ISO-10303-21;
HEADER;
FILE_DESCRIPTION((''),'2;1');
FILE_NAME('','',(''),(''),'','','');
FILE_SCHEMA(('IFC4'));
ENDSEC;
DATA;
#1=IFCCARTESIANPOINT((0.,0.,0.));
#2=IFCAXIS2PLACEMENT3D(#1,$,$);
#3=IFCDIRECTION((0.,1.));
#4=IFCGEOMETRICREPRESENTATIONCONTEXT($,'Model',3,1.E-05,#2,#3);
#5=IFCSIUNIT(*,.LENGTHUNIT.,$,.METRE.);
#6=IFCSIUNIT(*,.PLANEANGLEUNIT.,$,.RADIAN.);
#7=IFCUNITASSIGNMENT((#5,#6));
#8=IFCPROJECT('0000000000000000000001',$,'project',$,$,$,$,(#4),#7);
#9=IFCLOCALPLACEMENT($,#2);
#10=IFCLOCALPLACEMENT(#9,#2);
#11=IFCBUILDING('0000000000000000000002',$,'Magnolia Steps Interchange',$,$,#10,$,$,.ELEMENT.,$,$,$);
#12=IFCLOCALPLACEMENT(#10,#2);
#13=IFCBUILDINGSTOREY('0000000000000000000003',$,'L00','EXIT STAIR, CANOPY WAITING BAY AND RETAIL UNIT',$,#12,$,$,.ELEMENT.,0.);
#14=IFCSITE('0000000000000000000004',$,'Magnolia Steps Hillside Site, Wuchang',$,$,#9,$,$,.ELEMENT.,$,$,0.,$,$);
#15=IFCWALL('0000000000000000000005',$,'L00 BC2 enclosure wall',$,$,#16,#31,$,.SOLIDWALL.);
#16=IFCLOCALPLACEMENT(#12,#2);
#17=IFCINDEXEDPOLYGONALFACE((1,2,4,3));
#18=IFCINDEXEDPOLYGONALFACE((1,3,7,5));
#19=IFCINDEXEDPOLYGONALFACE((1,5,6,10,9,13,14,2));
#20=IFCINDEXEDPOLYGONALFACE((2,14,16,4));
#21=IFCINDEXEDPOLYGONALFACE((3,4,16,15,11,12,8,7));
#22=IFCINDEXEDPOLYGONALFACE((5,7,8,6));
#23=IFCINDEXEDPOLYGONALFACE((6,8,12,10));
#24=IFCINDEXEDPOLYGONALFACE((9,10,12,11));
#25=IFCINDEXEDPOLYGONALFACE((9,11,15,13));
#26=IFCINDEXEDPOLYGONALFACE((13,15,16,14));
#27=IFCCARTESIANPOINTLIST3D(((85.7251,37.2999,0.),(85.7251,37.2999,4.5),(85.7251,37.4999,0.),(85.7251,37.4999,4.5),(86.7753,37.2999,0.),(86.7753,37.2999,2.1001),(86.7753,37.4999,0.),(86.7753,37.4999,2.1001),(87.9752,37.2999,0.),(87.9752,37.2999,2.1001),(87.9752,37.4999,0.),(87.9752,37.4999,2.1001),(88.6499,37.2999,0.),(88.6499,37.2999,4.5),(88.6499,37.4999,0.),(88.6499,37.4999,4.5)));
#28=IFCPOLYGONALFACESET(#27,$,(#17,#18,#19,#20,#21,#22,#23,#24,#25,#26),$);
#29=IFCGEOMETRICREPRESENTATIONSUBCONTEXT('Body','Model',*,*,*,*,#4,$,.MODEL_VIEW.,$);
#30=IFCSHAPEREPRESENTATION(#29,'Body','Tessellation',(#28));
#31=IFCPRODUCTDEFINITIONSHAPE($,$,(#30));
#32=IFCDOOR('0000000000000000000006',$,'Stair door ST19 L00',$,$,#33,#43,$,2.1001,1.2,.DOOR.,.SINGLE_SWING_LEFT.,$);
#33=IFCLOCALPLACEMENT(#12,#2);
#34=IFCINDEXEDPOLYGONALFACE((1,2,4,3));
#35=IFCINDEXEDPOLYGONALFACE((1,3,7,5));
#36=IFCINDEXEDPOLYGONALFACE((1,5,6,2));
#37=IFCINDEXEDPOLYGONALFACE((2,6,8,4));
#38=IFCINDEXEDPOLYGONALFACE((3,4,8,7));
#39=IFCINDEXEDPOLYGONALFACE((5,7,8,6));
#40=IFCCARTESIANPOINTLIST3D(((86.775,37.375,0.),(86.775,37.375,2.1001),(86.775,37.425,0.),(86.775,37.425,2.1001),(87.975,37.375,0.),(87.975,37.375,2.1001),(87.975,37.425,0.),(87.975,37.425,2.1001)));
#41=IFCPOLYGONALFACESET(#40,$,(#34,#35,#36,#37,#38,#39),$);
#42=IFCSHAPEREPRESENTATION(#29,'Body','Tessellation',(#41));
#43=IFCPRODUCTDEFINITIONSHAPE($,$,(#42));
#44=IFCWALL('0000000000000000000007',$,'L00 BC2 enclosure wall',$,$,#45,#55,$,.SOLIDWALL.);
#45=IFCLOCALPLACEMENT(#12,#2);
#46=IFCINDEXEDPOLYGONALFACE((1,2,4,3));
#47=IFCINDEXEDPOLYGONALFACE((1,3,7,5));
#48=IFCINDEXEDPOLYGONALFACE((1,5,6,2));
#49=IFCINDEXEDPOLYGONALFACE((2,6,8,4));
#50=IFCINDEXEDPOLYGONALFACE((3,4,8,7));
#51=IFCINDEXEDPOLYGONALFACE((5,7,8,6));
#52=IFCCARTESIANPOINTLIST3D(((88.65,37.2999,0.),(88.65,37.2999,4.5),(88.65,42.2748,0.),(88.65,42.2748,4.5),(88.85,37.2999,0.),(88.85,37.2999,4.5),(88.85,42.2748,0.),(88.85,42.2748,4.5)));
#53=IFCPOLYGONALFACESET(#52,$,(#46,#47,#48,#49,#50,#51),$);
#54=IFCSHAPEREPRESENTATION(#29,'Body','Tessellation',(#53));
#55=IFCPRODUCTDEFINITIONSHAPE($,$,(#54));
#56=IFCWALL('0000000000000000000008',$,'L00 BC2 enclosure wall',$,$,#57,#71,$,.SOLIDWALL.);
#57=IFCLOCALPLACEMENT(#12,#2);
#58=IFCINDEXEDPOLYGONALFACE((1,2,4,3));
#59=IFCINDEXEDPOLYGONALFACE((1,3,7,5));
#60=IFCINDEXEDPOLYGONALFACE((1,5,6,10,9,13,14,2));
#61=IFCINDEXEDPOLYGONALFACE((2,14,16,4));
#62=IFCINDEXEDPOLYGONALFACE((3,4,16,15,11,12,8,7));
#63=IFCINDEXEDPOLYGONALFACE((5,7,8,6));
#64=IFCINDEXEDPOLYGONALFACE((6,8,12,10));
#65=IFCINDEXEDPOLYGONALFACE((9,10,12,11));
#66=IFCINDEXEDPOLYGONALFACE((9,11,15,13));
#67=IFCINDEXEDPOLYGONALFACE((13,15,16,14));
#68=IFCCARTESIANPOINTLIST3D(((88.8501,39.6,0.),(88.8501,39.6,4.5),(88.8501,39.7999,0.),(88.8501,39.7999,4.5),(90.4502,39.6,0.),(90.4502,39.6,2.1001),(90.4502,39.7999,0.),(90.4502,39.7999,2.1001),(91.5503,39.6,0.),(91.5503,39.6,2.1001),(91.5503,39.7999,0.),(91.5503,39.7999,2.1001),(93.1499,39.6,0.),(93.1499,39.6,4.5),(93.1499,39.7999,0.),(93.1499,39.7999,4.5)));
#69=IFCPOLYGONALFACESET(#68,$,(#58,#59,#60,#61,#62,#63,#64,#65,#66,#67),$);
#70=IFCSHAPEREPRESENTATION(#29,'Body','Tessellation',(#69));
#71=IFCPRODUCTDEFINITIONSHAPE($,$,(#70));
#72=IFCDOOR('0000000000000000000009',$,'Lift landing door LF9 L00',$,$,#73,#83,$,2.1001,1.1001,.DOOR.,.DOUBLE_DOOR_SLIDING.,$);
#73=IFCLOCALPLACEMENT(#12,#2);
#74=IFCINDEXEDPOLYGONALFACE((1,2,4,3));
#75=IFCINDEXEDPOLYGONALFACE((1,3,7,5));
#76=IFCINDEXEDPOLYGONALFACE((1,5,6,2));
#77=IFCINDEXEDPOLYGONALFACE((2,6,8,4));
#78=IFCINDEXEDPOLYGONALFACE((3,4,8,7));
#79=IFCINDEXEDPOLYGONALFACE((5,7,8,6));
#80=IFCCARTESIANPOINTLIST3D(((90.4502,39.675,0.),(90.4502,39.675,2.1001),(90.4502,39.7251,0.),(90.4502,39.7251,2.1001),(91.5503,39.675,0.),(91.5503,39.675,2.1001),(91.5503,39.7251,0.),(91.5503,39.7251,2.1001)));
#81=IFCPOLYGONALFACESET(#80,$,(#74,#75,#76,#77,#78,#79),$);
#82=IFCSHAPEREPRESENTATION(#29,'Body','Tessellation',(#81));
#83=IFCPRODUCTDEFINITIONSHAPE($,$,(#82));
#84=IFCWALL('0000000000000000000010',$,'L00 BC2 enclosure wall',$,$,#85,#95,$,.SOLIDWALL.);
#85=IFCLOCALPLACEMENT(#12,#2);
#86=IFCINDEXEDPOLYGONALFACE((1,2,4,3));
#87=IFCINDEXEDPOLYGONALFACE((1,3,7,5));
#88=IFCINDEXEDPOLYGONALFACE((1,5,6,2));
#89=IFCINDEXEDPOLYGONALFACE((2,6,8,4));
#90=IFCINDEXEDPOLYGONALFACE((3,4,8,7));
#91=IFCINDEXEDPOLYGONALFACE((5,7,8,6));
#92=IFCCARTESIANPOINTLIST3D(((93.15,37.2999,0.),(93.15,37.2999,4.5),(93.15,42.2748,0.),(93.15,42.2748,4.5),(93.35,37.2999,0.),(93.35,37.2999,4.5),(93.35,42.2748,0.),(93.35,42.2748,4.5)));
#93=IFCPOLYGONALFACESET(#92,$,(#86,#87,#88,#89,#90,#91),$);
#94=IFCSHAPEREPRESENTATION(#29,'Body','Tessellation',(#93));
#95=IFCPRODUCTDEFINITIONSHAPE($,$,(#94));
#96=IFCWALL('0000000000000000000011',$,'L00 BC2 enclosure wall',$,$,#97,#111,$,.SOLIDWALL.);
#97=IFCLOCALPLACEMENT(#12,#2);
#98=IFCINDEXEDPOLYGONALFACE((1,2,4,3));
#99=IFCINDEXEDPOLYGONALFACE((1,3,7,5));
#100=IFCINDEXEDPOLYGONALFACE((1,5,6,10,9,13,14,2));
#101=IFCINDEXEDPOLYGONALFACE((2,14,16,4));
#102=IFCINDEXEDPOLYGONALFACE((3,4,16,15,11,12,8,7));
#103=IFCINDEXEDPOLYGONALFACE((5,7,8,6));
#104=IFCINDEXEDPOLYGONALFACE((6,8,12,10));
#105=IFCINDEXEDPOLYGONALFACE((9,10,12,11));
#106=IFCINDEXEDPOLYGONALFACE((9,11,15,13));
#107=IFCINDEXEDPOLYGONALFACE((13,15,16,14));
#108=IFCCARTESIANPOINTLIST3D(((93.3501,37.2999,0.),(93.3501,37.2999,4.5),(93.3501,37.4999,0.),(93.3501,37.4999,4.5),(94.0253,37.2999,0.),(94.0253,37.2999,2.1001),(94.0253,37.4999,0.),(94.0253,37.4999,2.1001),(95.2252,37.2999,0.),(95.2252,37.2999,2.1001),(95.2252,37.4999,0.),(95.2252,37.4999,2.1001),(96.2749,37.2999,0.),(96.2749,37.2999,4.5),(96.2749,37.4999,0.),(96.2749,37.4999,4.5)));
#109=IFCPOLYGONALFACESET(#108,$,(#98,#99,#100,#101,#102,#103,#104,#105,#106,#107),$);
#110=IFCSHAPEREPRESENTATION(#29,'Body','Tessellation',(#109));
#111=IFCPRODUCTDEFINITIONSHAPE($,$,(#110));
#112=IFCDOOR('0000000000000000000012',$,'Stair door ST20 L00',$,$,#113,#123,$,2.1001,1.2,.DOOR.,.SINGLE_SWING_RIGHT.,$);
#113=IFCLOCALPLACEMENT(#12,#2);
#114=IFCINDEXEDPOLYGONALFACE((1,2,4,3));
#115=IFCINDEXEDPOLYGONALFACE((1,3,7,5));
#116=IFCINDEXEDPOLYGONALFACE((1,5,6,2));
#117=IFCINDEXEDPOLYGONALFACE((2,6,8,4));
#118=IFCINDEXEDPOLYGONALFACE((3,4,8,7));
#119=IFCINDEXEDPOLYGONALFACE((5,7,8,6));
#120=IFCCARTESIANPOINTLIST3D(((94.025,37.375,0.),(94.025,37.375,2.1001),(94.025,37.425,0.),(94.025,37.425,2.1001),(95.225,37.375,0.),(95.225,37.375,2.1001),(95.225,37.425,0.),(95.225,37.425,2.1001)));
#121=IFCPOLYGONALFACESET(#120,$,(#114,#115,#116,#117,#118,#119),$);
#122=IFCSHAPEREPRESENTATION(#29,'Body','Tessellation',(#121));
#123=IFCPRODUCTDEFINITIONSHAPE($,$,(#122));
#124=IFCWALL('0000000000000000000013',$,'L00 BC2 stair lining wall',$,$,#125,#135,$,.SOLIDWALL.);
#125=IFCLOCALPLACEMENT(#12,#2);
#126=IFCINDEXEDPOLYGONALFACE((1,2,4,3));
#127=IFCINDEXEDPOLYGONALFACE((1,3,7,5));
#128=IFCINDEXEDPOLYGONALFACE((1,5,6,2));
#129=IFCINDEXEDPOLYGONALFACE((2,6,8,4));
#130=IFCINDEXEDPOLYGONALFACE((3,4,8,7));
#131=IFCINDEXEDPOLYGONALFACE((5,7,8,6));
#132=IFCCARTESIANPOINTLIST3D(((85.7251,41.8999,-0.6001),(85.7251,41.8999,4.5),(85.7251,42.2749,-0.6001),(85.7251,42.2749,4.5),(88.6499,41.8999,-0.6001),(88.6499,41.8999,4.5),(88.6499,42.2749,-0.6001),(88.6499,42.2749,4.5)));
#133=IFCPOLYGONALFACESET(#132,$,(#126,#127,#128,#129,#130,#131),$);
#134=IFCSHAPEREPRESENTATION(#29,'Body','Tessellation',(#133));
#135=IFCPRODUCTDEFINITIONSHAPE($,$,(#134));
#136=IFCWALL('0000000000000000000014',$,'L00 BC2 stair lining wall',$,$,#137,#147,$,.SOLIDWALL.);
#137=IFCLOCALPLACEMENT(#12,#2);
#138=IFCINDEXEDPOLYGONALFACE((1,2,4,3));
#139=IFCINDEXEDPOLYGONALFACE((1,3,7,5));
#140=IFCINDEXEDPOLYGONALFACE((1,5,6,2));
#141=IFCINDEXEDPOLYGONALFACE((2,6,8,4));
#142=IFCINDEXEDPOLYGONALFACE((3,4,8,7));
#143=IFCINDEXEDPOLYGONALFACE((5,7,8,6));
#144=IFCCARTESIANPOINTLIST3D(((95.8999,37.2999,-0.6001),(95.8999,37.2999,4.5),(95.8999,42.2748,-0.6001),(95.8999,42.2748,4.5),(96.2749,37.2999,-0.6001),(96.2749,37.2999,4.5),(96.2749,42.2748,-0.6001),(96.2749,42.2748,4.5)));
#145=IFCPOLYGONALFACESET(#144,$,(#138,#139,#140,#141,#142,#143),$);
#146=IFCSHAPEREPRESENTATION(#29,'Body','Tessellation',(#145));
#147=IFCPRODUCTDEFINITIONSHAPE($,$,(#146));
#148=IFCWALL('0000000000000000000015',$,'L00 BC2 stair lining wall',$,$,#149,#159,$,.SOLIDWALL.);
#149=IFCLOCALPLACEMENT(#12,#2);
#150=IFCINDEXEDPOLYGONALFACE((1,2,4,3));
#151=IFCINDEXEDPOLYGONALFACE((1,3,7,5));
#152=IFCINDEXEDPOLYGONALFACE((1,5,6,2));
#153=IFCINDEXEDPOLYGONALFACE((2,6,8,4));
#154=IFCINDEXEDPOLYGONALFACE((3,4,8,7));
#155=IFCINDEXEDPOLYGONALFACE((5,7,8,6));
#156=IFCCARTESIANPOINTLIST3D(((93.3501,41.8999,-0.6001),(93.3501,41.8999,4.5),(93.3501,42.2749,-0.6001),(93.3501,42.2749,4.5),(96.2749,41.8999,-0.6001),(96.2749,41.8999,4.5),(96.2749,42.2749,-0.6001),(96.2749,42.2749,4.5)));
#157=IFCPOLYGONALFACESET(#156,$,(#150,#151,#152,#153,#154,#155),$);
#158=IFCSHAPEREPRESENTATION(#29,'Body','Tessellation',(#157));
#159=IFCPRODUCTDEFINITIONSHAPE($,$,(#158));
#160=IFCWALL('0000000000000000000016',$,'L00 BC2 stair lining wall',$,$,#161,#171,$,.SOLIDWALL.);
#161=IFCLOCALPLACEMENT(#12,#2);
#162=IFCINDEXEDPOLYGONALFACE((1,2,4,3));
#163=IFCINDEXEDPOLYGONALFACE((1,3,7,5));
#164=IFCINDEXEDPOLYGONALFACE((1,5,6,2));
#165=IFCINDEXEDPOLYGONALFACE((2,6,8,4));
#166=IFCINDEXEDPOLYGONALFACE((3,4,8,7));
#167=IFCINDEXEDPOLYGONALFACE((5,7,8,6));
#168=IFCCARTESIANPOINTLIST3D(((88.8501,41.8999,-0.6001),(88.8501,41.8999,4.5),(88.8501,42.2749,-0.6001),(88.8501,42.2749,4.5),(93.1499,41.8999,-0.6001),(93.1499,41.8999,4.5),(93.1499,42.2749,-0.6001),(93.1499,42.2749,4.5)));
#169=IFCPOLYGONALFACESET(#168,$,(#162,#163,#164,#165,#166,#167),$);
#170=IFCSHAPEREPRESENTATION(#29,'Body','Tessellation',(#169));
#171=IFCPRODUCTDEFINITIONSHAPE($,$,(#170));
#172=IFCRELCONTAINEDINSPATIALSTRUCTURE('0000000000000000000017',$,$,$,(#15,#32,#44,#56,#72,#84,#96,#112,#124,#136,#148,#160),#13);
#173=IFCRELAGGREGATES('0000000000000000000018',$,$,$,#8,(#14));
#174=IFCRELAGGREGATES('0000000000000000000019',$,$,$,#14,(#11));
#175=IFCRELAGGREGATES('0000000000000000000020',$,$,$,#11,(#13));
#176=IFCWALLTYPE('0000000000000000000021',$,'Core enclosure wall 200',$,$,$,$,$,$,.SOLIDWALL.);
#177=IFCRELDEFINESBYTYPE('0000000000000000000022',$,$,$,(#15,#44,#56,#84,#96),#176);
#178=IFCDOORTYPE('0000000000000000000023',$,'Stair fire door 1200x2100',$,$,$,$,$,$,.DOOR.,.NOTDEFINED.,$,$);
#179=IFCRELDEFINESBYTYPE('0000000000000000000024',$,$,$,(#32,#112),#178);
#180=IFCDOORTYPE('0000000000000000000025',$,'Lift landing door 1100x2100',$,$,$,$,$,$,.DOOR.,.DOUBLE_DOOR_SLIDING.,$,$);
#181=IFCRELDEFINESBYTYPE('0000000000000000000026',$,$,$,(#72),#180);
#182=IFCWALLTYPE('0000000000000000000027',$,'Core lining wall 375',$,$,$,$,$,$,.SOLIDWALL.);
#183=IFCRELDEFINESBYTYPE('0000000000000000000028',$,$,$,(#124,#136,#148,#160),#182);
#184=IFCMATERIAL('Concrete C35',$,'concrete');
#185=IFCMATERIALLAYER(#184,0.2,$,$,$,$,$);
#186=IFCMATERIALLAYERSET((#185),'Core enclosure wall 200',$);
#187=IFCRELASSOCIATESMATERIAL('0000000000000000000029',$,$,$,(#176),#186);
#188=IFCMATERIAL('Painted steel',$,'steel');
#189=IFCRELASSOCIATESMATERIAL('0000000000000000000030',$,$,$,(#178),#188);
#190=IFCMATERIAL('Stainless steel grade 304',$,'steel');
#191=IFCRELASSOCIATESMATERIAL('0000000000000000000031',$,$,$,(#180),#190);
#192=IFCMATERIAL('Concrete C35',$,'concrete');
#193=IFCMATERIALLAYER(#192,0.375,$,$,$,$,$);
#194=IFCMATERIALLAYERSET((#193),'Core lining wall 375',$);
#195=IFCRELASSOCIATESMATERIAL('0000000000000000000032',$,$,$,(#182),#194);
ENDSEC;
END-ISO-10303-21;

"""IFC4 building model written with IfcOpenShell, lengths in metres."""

from ifc_helpers import new_model, si_unit, direction, frame, frame_2d, origin, place, context, subcontext, project, spatial, rectangle, extrude, material, layer, layer_set, type_object, element, fill, save


model = new_model("IFC4")

# Units and contexts
model_context = context("Model", 3, precision=1e-05, world=origin(), true_north=direction((0.0, 1.0)))
body_context = subcontext(model_context, "Body", "Model", "MODEL_VIEW")
ifc_project = project(units=[si_unit("LENGTHUNIT", "METRE"), si_unit("PLANEANGLEUNIT", "RADIAN")], contexts=[model_context])

# Site, building, storey
site_placement = place(None, origin())
site = spatial("IfcSite", under=ifc_project, at=site_placement, Name="Magnolia Steps Hillside Site, Wuchang", CompositionType="ELEMENT", RefElevation=0.0)
building_placement = place(site_placement, origin())
building = spatial("IfcBuilding", under=site, at=building_placement, Name="Magnolia Steps Interchange", CompositionType="ELEMENT")
storey_placement = place(building_placement, origin())
storey = spatial("IfcBuildingStorey", under=building, at=storey_placement, Name="L00", Description="EXIT STAIR, CANOPY WAITING BAY AND RETAIL UNIT", CompositionType="ELEMENT", Elevation=0.0)

# Wall, opening, door
ifc_material_1 = material(Name="Concrete C35", Category="concrete")
ifc_layer_1 = layer(ifc_material_1, 0.2)
ifc_layer_set_1 = layer_set([ifc_layer_1], Name="Core enclosure wall 200")
wall_type_1 = type_object("IfcWallType", Name="Core enclosure wall 200", PredefinedType="SOLIDWALL", material=ifc_layer_set_1)
wall_1_placement = place(storey_placement, frame((85.7251, 37.3999, 0.0), z_axis=(0.0, 0.0, 1.0), x_axis=(1.0, 0.0, 0.0)))
wall_1 = element("IfcWall", 1, at=wall_1_placement, inside=storey, type_object=wall_type_1, Name="L00 BC2 enclosure wall", PredefinedType="SOLIDWALL", context=body_context, shape_type="SweptSolid", body=[
    extrude(rectangle(XDim=2.9248, YDim=0.2, at=frame_2d((1.4624, 0.0))), origin(), (0.0, 0.0, 1.0), 4.5),
])
opening_1_placement = place(wall_1_placement, frame((1.05, 0.0, 0.0)))
opening_1 = element("IfcOpeningElement", 2, at=opening_1_placement, cuts=wall_1, PredefinedType="OPENING", context=body_context, shape_type="SweptSolid", body=[
    extrude(rectangle(XDim=1.2, YDim=2.1001, at=frame_2d((0.6001, 1.05))), frame((0.0, 0.1099, 0.0), z_axis=(0.0, -1.0, 0.0), x_axis=(1.0, 0.0, 0.0)), (0.0, 0.0, 1.0), 0.22),
])
ifc_material_2 = material(Name="Painted steel", Category="steel")
door_type_1 = type_object("IfcDoorType", Name="Stair fire door 1200x2100", OperationType="NOTDEFINED", PredefinedType="DOOR", material=ifc_material_2)
door_1_placement = place(opening_1_placement, frame((1.2, 0.0, 0.0), z_axis=(0.0, 0.0, 1.0), x_axis=(-1.0, 0.0, 0.0)))
door_1 = element("IfcDoor", 3, at=door_1_placement, inside=storey, type_object=door_type_1, Name="Stair door ST19 L00", OperationType="SINGLE_SWING_LEFT", OverallHeight=2.1001, OverallWidth=1.2, PredefinedType="DOOR", context=body_context, shape_type="SweptSolid", body=[
    extrude(rectangle(XDim=1.2, YDim=2.1001, at=frame_2d((0.6001, 1.05))), frame((0.0, 0.0249, 0.0), z_axis=(0.0, -1.0, 0.0), x_axis=(1.0, 0.0, 0.0)), (0.0, 0.0, 1.0), 0.05),
])
fill(opening_1, door_1)

# Wall
wall_2_placement = place(storey_placement, frame((88.75, 37.3, 0.0), z_axis=(0.0, 0.0, 1.0), x_axis=(0.0, 1.0, 0.0)))
element("IfcWall", 4, at=wall_2_placement, inside=storey, type_object=wall_type_1, Name="L00 BC2 enclosure wall", PredefinedType="SOLIDWALL", context=body_context, shape_type="SweptSolid", body=[
    extrude(rectangle(XDim=4.9749, YDim=0.2, at=frame_2d((2.4873, 0.0))), origin(), (0.0, 0.0, 1.0), 4.5),
])

# Wall, opening, door
wall_3_placement = place(storey_placement, frame((88.8501, 39.7, 0.0), z_axis=(0.0, 0.0, 1.0), x_axis=(1.0, 0.0, 0.0)))
wall_3 = element("IfcWall", 5, at=wall_3_placement, inside=storey, type_object=wall_type_1, Name="L00 BC2 enclosure wall", PredefinedType="SOLIDWALL", context=body_context, shape_type="SweptSolid", body=[
    extrude(rectangle(XDim=4.2998, YDim=0.2, at=frame_2d((2.1499, 0.0))), origin(), (0.0, 0.0, 1.0), 4.5),
])
opening_2_placement = place(wall_3_placement, frame((1.6001, 0.0, 0.0)))
opening_2 = element("IfcOpeningElement", 6, at=opening_2_placement, cuts=wall_3, PredefinedType="OPENING", context=body_context, shape_type="SweptSolid", body=[
    extrude(rectangle(XDim=1.1001, YDim=2.1001, at=frame_2d((0.55, 1.05))), frame((0.0, 0.1099, 0.0), z_axis=(0.0, -1.0, 0.0), x_axis=(1.0, 0.0, 0.0)), (0.0, 0.0, 1.0), 0.22),
])
ifc_material_3 = material(Name="Stainless steel grade 304", Category="steel")
door_type_2 = type_object("IfcDoorType", Name="Lift landing door 1100x2100", OperationType="DOUBLE_DOOR_SLIDING", PredefinedType="DOOR", material=ifc_material_3)
door_2_placement = place(opening_2_placement, frame((1.1001, 0.0, 0.0), z_axis=(0.0, 0.0, 1.0), x_axis=(-1.0, 0.0, 0.0)))
door_2 = element("IfcDoor", 7, at=door_2_placement, inside=storey, type_object=door_type_2, Name="Lift landing door LF9 L00", OperationType="DOUBLE_DOOR_SLIDING", OverallHeight=2.1001, OverallWidth=1.1001, PredefinedType="DOOR", context=body_context, shape_type="SweptSolid", body=[
    extrude(rectangle(XDim=1.1001, YDim=2.1001, at=frame_2d((0.55, 1.05))), frame((0.0, 0.0249, 0.0), z_axis=(0.0, -1.0, 0.0), x_axis=(1.0, 0.0, 0.0)), (0.0, 0.0, 1.0), 0.05),
])
fill(opening_2, door_2)

# Wall
wall_4_placement = place(storey_placement, frame((93.25, 37.3, 0.0), z_axis=(0.0, 0.0, 1.0), x_axis=(0.0, 1.0, 0.0)))
element("IfcWall", 8, at=wall_4_placement, inside=storey, type_object=wall_type_1, Name="L00 BC2 enclosure wall", PredefinedType="SOLIDWALL", context=body_context, shape_type="SweptSolid", body=[
    extrude(rectangle(XDim=4.9749, YDim=0.2, at=frame_2d((2.4873, 0.0))), origin(), (0.0, 0.0, 1.0), 4.5),
])

# Wall, opening, door
wall_5_placement = place(storey_placement, frame((93.3501, 37.3999, 0.0), z_axis=(0.0, 0.0, 1.0), x_axis=(1.0, 0.0, 0.0)))
wall_5 = element("IfcWall", 9, at=wall_5_placement, inside=storey, type_object=wall_type_1, Name="L00 BC2 enclosure wall", PredefinedType="SOLIDWALL", context=body_context, shape_type="SweptSolid", body=[
    extrude(rectangle(XDim=2.9248, YDim=0.2, at=frame_2d((1.4624, 0.0))), origin(), (0.0, 0.0, 1.0), 4.5),
])
opening_3_placement = place(wall_5_placement, frame((0.675, 0.0, 0.0)))
opening_3 = element("IfcOpeningElement", 10, at=opening_3_placement, cuts=wall_5, PredefinedType="OPENING", context=body_context, shape_type="SweptSolid", body=[
    extrude(rectangle(XDim=1.2, YDim=2.1001, at=frame_2d((0.6001, 1.05))), frame((0.0, 0.1099, 0.0), z_axis=(0.0, -1.0, 0.0), x_axis=(1.0, 0.0, 0.0)), (0.0, 0.0, 1.0), 0.22),
])
door_3_placement = place(opening_3_placement, frame((1.2, 0.0, 0.0), z_axis=(0.0, 0.0, 1.0), x_axis=(-1.0, 0.0, 0.0)))
door_3 = element("IfcDoor", 11, at=door_3_placement, inside=storey, type_object=door_type_1, Name="Stair door ST20 L00", OperationType="SINGLE_SWING_RIGHT", OverallHeight=2.1001, OverallWidth=1.2, PredefinedType="DOOR", context=body_context, shape_type="SweptSolid", body=[
    extrude(rectangle(XDim=1.2, YDim=2.1001, at=frame_2d((0.6001, 1.05))), frame((0.0, 0.0249, 0.0), z_axis=(0.0, -1.0, 0.0), x_axis=(1.0, 0.0, 0.0)), (0.0, 0.0, 1.0), 0.05),
])
fill(opening_3, door_3)

# Walls
ifc_material_4 = material(Name="Concrete C35", Category="concrete")
ifc_layer_2 = layer(ifc_material_4, 0.375)
ifc_layer_set_2 = layer_set([ifc_layer_2], Name="Core lining wall 375")
wall_type_2 = type_object("IfcWallType", Name="Core lining wall 375", PredefinedType="SOLIDWALL", material=ifc_layer_set_2)
wall_6_placement = place(storey_placement, frame((85.7251, 42.0874, -0.6001), z_axis=(0.0, 0.0, 1.0), x_axis=(1.0, 0.0, 0.0)))
element("IfcWall", 12, at=wall_6_placement, inside=storey, type_object=wall_type_2, Name="L00 BC2 stair lining wall", PredefinedType="SOLIDWALL", context=body_context, shape_type="SweptSolid", body=[
    extrude(rectangle(XDim=2.9248, YDim=0.375, at=frame_2d((1.4624, 0.0))), origin(), (0.0, 0.0, 1.0), 5.1001),
])
wall_7_placement = place(storey_placement, frame((96.0874, 37.3, -0.6001), z_axis=(0.0, 0.0, 1.0), x_axis=(0.0, 1.0, 0.0)))
element("IfcWall", 13, at=wall_7_placement, inside=storey, type_object=wall_type_2, Name="L00 BC2 stair lining wall", PredefinedType="SOLIDWALL", context=body_context, shape_type="SweptSolid", body=[
    extrude(rectangle(XDim=4.9749, YDim=0.375, at=frame_2d((2.4873, 0.0))), origin(), (0.0, 0.0, 1.0), 5.1001),
])
wall_8_placement = place(storey_placement, frame((93.3501, 42.0874, -0.6001), z_axis=(0.0, 0.0, 1.0), x_axis=(1.0, 0.0, 0.0)))
element("IfcWall", 14, at=wall_8_placement, inside=storey, type_object=wall_type_2, Name="L00 BC2 stair lining wall", PredefinedType="SOLIDWALL", context=body_context, shape_type="SweptSolid", body=[
    extrude(rectangle(XDim=2.9248, YDim=0.375, at=frame_2d((1.4624, 0.0))), origin(), (0.0, 0.0, 1.0), 5.1001),
])
wall_9_placement = place(storey_placement, frame((88.8501, 42.0874, -0.6001), z_axis=(0.0, 0.0, 1.0), x_axis=(1.0, 0.0, 0.0)))
element("IfcWall", 15, at=wall_9_placement, inside=storey, type_object=wall_type_2, Name="L00 BC2 stair lining wall", PredefinedType="SOLIDWALL", context=body_context, shape_type="SweptSolid", body=[
    extrude(rectangle(XDim=4.2998, YDim=0.375, at=frame_2d((2.1499, 0.0))), origin(), (0.0, 0.0, 1.0), 5.1001),
])

save(model, "model.ifc")
